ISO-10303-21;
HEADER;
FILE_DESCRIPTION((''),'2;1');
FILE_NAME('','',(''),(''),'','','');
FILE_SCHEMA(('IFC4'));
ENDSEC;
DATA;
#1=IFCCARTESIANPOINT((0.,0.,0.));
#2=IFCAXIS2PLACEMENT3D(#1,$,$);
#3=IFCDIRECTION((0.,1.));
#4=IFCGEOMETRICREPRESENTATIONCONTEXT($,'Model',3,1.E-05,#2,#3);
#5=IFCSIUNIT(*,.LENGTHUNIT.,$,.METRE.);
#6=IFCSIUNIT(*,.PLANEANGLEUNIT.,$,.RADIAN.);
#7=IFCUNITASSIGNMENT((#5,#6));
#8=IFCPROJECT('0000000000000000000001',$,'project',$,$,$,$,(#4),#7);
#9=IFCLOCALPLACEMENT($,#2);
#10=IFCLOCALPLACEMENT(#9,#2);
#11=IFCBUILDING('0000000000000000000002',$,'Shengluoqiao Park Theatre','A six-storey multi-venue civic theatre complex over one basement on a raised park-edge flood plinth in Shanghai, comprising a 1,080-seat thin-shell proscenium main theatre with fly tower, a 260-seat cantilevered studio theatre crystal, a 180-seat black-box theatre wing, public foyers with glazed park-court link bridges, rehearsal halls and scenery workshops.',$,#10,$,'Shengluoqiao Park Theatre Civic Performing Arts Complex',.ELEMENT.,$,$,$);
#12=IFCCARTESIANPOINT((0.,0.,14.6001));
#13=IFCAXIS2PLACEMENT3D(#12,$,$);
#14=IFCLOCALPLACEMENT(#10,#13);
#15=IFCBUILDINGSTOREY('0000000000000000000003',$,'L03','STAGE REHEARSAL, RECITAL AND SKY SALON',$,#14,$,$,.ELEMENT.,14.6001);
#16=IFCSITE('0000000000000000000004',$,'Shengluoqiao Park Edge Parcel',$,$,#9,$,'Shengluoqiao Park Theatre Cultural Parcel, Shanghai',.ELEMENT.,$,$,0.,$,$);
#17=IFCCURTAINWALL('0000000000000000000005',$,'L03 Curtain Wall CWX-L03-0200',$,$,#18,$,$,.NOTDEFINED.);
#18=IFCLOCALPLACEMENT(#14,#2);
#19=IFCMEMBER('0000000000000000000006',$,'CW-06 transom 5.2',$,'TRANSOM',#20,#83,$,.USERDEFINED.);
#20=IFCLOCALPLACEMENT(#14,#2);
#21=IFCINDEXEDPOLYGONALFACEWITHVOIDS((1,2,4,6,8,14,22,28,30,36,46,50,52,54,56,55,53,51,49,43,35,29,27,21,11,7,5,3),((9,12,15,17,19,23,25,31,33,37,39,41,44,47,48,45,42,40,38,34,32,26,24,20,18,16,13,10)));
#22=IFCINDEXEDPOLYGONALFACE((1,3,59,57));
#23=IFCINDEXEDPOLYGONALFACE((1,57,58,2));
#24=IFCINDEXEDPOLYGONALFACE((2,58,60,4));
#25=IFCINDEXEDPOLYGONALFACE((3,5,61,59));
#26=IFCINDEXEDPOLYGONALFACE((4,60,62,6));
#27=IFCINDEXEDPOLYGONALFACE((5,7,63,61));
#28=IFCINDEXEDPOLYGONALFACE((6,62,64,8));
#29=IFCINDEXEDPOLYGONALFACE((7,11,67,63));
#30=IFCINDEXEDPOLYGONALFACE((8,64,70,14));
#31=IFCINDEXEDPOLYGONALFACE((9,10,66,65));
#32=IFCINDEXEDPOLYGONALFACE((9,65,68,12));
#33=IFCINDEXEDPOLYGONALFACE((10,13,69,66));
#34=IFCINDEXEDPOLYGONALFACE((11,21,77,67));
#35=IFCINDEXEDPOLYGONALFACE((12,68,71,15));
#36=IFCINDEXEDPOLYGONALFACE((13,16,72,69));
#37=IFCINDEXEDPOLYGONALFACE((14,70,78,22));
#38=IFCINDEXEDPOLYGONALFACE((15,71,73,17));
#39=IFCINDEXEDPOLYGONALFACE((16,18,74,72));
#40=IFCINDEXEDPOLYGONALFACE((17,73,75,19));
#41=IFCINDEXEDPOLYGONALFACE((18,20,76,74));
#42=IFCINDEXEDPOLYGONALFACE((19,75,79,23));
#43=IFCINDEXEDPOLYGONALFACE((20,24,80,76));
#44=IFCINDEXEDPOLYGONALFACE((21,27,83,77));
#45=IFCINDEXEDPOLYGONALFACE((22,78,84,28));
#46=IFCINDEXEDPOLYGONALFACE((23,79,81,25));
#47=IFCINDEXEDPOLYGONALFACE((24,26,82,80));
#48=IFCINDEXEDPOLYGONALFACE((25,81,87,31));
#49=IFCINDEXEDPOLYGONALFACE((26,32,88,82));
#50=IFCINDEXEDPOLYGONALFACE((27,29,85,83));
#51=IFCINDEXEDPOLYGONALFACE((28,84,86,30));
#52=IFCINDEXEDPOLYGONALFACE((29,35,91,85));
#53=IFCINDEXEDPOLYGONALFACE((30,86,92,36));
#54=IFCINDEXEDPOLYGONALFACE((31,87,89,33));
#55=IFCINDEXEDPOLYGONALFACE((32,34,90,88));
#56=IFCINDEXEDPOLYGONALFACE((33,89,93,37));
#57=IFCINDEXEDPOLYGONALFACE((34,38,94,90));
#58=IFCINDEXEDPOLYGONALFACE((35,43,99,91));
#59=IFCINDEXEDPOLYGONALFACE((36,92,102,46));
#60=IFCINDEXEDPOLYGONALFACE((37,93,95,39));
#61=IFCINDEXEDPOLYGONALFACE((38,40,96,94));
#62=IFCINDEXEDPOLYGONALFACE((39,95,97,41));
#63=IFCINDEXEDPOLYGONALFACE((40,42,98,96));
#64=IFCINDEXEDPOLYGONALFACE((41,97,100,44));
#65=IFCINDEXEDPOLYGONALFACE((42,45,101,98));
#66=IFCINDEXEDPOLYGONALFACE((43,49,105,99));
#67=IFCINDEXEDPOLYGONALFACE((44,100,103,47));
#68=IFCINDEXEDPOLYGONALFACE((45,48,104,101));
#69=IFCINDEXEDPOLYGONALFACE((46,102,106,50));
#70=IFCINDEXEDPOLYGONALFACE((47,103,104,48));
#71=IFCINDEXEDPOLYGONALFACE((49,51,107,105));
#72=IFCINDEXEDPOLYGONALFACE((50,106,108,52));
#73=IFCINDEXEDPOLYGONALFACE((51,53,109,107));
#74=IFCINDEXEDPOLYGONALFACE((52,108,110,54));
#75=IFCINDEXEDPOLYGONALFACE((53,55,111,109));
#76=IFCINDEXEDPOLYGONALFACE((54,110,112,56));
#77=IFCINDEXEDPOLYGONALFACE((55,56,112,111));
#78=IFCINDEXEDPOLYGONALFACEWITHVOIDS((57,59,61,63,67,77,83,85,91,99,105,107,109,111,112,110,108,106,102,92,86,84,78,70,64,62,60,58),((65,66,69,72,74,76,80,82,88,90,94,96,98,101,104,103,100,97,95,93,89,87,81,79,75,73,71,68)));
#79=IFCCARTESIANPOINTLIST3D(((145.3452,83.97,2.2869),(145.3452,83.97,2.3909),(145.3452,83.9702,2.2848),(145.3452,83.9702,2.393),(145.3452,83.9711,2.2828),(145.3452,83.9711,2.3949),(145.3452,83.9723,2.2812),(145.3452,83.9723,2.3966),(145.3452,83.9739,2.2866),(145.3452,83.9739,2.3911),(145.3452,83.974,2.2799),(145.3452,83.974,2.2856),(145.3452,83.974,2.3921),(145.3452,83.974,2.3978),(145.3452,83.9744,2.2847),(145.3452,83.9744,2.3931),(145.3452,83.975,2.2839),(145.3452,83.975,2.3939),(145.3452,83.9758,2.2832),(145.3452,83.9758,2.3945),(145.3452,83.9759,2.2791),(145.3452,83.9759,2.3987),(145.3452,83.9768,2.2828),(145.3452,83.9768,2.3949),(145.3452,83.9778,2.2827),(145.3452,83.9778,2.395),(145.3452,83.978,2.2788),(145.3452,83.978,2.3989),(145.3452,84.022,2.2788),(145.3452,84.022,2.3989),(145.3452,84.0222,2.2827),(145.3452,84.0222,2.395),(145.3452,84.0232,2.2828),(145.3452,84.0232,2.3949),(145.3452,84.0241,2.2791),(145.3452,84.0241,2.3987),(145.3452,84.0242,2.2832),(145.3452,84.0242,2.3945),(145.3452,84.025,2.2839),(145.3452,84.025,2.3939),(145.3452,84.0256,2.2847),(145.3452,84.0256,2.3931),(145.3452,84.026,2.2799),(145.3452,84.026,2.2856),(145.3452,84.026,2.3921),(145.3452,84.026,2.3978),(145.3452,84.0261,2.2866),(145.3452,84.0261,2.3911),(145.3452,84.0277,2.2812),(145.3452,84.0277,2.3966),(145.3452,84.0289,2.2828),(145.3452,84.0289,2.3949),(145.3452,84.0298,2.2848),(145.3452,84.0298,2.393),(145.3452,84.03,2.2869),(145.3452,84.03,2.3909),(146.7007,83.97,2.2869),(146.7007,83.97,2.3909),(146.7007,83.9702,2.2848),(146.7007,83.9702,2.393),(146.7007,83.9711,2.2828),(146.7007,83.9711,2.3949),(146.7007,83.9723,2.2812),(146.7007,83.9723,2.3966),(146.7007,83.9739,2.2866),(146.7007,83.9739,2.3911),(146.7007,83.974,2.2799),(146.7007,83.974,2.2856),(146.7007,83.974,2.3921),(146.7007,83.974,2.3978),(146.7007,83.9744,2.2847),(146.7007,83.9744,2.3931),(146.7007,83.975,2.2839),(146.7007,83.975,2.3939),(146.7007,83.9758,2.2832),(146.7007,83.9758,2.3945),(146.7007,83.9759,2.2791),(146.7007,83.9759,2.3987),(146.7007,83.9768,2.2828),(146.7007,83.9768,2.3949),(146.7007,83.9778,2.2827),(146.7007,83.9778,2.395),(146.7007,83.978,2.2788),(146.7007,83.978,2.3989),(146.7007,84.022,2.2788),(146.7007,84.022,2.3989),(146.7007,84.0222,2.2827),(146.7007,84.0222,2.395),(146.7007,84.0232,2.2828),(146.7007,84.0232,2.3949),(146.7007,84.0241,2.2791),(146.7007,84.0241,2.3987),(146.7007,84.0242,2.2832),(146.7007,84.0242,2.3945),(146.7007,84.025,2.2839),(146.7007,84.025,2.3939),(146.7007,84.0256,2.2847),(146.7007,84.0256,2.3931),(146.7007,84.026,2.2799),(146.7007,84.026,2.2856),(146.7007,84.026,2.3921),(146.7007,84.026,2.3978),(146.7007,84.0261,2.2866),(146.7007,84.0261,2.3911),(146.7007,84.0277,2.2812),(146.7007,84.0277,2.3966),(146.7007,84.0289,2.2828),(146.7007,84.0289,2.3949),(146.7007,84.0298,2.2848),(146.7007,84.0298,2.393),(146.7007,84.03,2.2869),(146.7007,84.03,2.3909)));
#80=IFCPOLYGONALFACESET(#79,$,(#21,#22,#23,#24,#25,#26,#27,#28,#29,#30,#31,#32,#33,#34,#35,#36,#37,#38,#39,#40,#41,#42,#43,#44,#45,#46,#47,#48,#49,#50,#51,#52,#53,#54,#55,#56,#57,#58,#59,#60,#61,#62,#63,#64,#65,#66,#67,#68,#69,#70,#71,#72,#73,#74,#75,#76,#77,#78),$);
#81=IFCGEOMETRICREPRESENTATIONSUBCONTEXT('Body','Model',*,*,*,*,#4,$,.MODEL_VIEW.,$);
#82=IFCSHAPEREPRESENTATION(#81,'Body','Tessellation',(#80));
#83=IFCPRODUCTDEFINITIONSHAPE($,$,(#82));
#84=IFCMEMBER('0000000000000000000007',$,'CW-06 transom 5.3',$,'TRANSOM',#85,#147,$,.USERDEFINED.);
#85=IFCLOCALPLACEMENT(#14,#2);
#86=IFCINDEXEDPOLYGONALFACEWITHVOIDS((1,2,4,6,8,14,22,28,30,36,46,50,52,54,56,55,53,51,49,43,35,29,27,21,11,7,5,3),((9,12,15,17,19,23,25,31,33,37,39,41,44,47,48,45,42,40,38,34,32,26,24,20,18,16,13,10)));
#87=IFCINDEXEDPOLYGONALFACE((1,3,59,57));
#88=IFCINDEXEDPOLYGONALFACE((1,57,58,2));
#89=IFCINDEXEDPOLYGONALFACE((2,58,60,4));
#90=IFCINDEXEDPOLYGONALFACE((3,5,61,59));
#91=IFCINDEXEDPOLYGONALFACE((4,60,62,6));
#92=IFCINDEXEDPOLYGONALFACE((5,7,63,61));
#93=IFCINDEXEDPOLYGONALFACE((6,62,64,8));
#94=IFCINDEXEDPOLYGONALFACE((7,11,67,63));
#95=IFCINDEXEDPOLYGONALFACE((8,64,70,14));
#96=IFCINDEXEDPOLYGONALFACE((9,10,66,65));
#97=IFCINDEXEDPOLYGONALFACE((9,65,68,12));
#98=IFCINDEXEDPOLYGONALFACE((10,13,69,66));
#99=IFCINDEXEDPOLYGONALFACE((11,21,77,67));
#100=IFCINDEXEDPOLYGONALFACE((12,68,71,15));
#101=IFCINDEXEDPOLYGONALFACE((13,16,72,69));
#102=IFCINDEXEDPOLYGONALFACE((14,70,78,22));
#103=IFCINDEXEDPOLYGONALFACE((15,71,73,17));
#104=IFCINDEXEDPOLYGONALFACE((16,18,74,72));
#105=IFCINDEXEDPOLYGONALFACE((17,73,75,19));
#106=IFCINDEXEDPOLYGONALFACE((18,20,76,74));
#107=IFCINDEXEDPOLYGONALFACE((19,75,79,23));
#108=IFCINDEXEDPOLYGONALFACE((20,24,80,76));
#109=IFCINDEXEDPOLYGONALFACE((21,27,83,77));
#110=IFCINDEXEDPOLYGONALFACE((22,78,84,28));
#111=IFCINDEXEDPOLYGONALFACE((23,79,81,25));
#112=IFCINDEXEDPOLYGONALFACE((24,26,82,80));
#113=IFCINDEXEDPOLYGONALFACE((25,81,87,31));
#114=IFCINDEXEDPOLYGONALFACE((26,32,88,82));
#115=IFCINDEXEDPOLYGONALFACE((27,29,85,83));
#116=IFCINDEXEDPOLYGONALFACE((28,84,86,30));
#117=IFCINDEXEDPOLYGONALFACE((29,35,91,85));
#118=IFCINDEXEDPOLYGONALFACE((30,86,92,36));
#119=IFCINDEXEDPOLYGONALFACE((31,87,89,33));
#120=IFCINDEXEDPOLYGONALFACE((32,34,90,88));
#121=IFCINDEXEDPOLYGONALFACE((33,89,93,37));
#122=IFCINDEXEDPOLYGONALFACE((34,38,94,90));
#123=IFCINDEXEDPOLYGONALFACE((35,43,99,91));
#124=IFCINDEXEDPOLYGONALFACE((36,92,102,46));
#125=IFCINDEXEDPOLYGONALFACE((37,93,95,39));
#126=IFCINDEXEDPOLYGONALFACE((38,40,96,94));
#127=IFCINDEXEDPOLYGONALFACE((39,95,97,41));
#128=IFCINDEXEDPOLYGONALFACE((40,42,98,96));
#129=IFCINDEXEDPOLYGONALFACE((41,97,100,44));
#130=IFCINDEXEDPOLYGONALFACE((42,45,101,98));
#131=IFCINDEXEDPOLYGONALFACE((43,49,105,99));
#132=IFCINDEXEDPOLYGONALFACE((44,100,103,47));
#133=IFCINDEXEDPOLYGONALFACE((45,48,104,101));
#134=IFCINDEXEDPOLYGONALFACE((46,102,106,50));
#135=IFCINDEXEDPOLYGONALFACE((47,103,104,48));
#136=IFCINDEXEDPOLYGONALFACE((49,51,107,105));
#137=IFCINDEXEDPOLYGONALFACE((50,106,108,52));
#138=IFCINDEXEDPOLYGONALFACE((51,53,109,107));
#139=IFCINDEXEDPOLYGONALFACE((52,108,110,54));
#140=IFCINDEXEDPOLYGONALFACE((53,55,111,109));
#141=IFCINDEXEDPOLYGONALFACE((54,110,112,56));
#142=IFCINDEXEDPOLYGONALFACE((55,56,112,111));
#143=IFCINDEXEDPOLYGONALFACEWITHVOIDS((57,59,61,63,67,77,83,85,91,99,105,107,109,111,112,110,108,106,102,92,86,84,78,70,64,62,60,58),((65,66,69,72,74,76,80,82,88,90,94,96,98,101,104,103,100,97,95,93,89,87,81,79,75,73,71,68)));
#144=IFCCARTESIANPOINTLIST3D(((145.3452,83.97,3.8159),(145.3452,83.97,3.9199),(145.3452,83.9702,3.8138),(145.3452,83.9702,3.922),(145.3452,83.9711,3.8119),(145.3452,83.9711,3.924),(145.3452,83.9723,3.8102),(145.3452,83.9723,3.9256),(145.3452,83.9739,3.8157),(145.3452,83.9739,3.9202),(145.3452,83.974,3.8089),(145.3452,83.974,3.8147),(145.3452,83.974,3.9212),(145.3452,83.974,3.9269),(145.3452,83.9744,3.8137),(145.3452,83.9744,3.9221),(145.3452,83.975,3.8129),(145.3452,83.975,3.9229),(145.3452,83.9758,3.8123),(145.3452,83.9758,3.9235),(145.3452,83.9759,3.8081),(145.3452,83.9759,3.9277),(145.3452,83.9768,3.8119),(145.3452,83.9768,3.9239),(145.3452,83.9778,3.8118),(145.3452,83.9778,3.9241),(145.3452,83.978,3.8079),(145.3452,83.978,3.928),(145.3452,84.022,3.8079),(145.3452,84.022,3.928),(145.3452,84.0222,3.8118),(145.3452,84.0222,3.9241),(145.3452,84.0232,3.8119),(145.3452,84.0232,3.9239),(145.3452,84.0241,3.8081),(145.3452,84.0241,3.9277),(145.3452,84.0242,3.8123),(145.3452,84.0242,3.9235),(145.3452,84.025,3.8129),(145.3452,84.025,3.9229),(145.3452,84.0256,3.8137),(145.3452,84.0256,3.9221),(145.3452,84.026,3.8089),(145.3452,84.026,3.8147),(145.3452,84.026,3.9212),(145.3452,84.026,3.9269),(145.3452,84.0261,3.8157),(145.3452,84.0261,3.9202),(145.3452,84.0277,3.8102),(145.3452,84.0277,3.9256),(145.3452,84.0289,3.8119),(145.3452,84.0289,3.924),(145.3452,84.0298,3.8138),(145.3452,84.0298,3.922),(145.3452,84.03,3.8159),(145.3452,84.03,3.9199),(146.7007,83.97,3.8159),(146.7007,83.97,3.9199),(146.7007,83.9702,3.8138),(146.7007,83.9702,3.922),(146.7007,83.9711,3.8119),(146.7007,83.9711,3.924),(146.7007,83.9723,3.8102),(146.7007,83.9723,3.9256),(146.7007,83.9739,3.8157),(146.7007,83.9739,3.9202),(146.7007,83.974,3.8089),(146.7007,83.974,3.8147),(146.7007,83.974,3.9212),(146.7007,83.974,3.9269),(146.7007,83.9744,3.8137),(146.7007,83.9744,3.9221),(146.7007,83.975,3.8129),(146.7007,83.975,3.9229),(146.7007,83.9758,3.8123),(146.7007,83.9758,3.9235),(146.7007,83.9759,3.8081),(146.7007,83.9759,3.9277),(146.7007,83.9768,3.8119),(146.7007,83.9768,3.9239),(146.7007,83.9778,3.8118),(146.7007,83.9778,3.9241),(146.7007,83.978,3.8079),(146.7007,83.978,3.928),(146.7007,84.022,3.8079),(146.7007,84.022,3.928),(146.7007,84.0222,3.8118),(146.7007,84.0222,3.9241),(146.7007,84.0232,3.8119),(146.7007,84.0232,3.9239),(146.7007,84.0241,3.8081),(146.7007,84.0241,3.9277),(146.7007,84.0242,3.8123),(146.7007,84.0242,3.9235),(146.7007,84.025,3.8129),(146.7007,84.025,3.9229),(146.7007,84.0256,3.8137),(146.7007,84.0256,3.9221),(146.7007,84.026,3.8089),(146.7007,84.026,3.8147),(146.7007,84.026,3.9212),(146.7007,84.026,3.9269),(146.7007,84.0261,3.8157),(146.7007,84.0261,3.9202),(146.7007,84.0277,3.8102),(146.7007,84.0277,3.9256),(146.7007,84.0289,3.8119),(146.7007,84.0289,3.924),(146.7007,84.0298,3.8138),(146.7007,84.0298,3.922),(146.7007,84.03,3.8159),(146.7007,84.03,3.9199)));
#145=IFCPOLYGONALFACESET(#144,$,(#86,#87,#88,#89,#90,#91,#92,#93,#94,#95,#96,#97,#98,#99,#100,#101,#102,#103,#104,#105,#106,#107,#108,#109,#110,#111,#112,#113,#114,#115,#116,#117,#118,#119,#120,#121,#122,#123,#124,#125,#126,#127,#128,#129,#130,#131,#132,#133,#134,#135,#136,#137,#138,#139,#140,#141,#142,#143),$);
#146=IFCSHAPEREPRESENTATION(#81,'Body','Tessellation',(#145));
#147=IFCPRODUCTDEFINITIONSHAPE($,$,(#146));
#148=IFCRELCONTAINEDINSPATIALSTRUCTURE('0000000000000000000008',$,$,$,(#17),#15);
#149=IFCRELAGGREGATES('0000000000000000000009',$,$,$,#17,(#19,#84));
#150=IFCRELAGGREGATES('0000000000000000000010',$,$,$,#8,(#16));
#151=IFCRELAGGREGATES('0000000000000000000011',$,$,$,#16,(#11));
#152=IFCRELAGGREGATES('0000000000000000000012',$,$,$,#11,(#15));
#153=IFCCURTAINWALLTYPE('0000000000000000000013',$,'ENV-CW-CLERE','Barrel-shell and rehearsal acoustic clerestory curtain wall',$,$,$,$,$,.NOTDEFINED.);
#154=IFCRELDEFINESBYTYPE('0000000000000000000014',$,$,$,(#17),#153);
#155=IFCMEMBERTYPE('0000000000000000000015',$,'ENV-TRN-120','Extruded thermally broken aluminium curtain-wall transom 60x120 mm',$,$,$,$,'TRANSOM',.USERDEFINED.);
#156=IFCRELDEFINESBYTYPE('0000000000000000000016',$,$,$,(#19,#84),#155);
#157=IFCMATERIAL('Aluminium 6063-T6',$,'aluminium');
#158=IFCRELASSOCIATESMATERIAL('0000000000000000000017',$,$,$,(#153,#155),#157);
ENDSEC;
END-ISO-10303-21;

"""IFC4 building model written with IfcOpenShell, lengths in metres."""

from ifc_helpers import new_model, si_unit, direction, frame, origin, origin_2d, place, context, subcontext, project, spatial, hollow_rectangle, extrude, material, material_profile, profile_set, type_object, element, aggregate, save


model = new_model("IFC4")

# Units and contexts
model_context = context("Model", 3, precision=1e-05, world=origin(), true_north=direction((0.0, 1.0)))
body_context = subcontext(model_context, "Body", "Model", "MODEL_VIEW")
ifc_project = project(units=[si_unit("LENGTHUNIT", "METRE"), si_unit("PLANEANGLEUNIT", "RADIAN")], contexts=[model_context])

# Site, building, storey
site_placement = place(None, origin())
site = spatial("IfcSite", under=ifc_project, at=site_placement, Name="Shengluoqiao Park Edge Parcel", LongName="Shengluoqiao Park Theatre Cultural Parcel, Shanghai", CompositionType="ELEMENT", RefElevation=0.0)
building_placement = place(site_placement, origin())
building = spatial("IfcBuilding", under=site, at=building_placement, Name="Shengluoqiao Park Theatre", Description="A six-storey multi-venue civic theatre complex over one basement on a raised park-edge flood plinth in Shanghai, comprising a 1,080-seat thin-shell proscenium main theatre with fly tower, a 260-seat cantilevered studio theatre crystal, a 180-seat black-box theatre wing, public foyers with glazed park-court link bridges, rehearsal halls and scenery workshops.", LongName="Shengluoqiao Park Theatre Civic Performing Arts Complex", CompositionType="ELEMENT")
storey_placement = place(building_placement, frame((0.0, 0.0, 14.6001)))
storey = spatial("IfcBuildingStorey", under=building, at=storey_placement, Name="L03", Description="STAGE REHEARSAL, RECITAL AND SKY SALON", CompositionType="ELEMENT", Elevation=14.6001)

# Curtain wall, members
ifc_material_1 = material(Name="Aluminium 6063-T6", Category="aluminium")
curtain_wall_type = type_object("IfcCurtainWallType", Name="ENV-CW-CLERE", Description="Barrel-shell and rehearsal acoustic clerestory curtain wall", PredefinedType="NOTDEFINED", material=ifc_material_1)
curtain_wall_placement = place(storey_placement, origin())
curtain_wall = element("IfcCurtainWall", 1, at=curtain_wall_placement, inside=storey, type_object=curtain_wall_type, Name="L03 Curtain Wall CWX-L03-0200", PredefinedType="NOTDEFINED")
ifc_material_profile_1 = material_profile(ifc_material_1, hollow_rectangle(XDim=0.0601, YDim=0.1201, WallThickness=0.0039, InnerFilletRadius=0.0039, OuterFilletRadius=0.0081, at=origin_2d()), Name="ALU TRANSOM 120x60x4")
ifc_profile_set_1 = profile_set([ifc_material_profile_1], Name="Aluminium 6063-T6")
member_type_1 = type_object("IfcMemberType", Name="ENV-TRN-120", Description="Extruded thermally broken aluminium curtain-wall transom 60x120 mm", ElementType="TRANSOM", PredefinedType="USERDEFINED", material=ifc_profile_set_1)
member_1_placement = place(storey_placement, frame((145.3452, 84.0, 2.3389), z_axis=(1.0, 0.0, 0.0), x_axis=(0.0, 1.0, 0.0)))
member_1 = element("IfcMember", 2, at=member_1_placement, type_object=member_type_1, Name="CW-06 transom 5.2", ObjectType="TRANSOM", PredefinedType="USERDEFINED", context=body_context, shape_type="SweptSolid", body=[
    extrude(hollow_rectangle(XDim=0.0601, YDim=0.1201, WallThickness=0.0039, InnerFilletRadius=0.0039, OuterFilletRadius=0.0081, at=origin_2d()), origin(), (0.0, 0.0, 1.0), 1.3555),
])
member_2_placement = place(storey_placement, frame((145.3452, 84.0, 3.8679), z_axis=(1.0, 0.0, 0.0), x_axis=(0.0, 1.0, 0.0)))
member_2 = element("IfcMember", 3, at=member_2_placement, type_object=member_type_1, Name="CW-06 transom 5.3", ObjectType="TRANSOM", PredefinedType="USERDEFINED", context=body_context, shape_type="SweptSolid", body=[
    extrude(hollow_rectangle(XDim=0.0601, YDim=0.1201, WallThickness=0.0039, InnerFilletRadius=0.0039, OuterFilletRadius=0.0081, at=origin_2d()), origin(), (0.0, 0.0, 1.0), 1.3555),
])
aggregate(curtain_wall, [member_1, member_2])

save(model, "model.ifc")
